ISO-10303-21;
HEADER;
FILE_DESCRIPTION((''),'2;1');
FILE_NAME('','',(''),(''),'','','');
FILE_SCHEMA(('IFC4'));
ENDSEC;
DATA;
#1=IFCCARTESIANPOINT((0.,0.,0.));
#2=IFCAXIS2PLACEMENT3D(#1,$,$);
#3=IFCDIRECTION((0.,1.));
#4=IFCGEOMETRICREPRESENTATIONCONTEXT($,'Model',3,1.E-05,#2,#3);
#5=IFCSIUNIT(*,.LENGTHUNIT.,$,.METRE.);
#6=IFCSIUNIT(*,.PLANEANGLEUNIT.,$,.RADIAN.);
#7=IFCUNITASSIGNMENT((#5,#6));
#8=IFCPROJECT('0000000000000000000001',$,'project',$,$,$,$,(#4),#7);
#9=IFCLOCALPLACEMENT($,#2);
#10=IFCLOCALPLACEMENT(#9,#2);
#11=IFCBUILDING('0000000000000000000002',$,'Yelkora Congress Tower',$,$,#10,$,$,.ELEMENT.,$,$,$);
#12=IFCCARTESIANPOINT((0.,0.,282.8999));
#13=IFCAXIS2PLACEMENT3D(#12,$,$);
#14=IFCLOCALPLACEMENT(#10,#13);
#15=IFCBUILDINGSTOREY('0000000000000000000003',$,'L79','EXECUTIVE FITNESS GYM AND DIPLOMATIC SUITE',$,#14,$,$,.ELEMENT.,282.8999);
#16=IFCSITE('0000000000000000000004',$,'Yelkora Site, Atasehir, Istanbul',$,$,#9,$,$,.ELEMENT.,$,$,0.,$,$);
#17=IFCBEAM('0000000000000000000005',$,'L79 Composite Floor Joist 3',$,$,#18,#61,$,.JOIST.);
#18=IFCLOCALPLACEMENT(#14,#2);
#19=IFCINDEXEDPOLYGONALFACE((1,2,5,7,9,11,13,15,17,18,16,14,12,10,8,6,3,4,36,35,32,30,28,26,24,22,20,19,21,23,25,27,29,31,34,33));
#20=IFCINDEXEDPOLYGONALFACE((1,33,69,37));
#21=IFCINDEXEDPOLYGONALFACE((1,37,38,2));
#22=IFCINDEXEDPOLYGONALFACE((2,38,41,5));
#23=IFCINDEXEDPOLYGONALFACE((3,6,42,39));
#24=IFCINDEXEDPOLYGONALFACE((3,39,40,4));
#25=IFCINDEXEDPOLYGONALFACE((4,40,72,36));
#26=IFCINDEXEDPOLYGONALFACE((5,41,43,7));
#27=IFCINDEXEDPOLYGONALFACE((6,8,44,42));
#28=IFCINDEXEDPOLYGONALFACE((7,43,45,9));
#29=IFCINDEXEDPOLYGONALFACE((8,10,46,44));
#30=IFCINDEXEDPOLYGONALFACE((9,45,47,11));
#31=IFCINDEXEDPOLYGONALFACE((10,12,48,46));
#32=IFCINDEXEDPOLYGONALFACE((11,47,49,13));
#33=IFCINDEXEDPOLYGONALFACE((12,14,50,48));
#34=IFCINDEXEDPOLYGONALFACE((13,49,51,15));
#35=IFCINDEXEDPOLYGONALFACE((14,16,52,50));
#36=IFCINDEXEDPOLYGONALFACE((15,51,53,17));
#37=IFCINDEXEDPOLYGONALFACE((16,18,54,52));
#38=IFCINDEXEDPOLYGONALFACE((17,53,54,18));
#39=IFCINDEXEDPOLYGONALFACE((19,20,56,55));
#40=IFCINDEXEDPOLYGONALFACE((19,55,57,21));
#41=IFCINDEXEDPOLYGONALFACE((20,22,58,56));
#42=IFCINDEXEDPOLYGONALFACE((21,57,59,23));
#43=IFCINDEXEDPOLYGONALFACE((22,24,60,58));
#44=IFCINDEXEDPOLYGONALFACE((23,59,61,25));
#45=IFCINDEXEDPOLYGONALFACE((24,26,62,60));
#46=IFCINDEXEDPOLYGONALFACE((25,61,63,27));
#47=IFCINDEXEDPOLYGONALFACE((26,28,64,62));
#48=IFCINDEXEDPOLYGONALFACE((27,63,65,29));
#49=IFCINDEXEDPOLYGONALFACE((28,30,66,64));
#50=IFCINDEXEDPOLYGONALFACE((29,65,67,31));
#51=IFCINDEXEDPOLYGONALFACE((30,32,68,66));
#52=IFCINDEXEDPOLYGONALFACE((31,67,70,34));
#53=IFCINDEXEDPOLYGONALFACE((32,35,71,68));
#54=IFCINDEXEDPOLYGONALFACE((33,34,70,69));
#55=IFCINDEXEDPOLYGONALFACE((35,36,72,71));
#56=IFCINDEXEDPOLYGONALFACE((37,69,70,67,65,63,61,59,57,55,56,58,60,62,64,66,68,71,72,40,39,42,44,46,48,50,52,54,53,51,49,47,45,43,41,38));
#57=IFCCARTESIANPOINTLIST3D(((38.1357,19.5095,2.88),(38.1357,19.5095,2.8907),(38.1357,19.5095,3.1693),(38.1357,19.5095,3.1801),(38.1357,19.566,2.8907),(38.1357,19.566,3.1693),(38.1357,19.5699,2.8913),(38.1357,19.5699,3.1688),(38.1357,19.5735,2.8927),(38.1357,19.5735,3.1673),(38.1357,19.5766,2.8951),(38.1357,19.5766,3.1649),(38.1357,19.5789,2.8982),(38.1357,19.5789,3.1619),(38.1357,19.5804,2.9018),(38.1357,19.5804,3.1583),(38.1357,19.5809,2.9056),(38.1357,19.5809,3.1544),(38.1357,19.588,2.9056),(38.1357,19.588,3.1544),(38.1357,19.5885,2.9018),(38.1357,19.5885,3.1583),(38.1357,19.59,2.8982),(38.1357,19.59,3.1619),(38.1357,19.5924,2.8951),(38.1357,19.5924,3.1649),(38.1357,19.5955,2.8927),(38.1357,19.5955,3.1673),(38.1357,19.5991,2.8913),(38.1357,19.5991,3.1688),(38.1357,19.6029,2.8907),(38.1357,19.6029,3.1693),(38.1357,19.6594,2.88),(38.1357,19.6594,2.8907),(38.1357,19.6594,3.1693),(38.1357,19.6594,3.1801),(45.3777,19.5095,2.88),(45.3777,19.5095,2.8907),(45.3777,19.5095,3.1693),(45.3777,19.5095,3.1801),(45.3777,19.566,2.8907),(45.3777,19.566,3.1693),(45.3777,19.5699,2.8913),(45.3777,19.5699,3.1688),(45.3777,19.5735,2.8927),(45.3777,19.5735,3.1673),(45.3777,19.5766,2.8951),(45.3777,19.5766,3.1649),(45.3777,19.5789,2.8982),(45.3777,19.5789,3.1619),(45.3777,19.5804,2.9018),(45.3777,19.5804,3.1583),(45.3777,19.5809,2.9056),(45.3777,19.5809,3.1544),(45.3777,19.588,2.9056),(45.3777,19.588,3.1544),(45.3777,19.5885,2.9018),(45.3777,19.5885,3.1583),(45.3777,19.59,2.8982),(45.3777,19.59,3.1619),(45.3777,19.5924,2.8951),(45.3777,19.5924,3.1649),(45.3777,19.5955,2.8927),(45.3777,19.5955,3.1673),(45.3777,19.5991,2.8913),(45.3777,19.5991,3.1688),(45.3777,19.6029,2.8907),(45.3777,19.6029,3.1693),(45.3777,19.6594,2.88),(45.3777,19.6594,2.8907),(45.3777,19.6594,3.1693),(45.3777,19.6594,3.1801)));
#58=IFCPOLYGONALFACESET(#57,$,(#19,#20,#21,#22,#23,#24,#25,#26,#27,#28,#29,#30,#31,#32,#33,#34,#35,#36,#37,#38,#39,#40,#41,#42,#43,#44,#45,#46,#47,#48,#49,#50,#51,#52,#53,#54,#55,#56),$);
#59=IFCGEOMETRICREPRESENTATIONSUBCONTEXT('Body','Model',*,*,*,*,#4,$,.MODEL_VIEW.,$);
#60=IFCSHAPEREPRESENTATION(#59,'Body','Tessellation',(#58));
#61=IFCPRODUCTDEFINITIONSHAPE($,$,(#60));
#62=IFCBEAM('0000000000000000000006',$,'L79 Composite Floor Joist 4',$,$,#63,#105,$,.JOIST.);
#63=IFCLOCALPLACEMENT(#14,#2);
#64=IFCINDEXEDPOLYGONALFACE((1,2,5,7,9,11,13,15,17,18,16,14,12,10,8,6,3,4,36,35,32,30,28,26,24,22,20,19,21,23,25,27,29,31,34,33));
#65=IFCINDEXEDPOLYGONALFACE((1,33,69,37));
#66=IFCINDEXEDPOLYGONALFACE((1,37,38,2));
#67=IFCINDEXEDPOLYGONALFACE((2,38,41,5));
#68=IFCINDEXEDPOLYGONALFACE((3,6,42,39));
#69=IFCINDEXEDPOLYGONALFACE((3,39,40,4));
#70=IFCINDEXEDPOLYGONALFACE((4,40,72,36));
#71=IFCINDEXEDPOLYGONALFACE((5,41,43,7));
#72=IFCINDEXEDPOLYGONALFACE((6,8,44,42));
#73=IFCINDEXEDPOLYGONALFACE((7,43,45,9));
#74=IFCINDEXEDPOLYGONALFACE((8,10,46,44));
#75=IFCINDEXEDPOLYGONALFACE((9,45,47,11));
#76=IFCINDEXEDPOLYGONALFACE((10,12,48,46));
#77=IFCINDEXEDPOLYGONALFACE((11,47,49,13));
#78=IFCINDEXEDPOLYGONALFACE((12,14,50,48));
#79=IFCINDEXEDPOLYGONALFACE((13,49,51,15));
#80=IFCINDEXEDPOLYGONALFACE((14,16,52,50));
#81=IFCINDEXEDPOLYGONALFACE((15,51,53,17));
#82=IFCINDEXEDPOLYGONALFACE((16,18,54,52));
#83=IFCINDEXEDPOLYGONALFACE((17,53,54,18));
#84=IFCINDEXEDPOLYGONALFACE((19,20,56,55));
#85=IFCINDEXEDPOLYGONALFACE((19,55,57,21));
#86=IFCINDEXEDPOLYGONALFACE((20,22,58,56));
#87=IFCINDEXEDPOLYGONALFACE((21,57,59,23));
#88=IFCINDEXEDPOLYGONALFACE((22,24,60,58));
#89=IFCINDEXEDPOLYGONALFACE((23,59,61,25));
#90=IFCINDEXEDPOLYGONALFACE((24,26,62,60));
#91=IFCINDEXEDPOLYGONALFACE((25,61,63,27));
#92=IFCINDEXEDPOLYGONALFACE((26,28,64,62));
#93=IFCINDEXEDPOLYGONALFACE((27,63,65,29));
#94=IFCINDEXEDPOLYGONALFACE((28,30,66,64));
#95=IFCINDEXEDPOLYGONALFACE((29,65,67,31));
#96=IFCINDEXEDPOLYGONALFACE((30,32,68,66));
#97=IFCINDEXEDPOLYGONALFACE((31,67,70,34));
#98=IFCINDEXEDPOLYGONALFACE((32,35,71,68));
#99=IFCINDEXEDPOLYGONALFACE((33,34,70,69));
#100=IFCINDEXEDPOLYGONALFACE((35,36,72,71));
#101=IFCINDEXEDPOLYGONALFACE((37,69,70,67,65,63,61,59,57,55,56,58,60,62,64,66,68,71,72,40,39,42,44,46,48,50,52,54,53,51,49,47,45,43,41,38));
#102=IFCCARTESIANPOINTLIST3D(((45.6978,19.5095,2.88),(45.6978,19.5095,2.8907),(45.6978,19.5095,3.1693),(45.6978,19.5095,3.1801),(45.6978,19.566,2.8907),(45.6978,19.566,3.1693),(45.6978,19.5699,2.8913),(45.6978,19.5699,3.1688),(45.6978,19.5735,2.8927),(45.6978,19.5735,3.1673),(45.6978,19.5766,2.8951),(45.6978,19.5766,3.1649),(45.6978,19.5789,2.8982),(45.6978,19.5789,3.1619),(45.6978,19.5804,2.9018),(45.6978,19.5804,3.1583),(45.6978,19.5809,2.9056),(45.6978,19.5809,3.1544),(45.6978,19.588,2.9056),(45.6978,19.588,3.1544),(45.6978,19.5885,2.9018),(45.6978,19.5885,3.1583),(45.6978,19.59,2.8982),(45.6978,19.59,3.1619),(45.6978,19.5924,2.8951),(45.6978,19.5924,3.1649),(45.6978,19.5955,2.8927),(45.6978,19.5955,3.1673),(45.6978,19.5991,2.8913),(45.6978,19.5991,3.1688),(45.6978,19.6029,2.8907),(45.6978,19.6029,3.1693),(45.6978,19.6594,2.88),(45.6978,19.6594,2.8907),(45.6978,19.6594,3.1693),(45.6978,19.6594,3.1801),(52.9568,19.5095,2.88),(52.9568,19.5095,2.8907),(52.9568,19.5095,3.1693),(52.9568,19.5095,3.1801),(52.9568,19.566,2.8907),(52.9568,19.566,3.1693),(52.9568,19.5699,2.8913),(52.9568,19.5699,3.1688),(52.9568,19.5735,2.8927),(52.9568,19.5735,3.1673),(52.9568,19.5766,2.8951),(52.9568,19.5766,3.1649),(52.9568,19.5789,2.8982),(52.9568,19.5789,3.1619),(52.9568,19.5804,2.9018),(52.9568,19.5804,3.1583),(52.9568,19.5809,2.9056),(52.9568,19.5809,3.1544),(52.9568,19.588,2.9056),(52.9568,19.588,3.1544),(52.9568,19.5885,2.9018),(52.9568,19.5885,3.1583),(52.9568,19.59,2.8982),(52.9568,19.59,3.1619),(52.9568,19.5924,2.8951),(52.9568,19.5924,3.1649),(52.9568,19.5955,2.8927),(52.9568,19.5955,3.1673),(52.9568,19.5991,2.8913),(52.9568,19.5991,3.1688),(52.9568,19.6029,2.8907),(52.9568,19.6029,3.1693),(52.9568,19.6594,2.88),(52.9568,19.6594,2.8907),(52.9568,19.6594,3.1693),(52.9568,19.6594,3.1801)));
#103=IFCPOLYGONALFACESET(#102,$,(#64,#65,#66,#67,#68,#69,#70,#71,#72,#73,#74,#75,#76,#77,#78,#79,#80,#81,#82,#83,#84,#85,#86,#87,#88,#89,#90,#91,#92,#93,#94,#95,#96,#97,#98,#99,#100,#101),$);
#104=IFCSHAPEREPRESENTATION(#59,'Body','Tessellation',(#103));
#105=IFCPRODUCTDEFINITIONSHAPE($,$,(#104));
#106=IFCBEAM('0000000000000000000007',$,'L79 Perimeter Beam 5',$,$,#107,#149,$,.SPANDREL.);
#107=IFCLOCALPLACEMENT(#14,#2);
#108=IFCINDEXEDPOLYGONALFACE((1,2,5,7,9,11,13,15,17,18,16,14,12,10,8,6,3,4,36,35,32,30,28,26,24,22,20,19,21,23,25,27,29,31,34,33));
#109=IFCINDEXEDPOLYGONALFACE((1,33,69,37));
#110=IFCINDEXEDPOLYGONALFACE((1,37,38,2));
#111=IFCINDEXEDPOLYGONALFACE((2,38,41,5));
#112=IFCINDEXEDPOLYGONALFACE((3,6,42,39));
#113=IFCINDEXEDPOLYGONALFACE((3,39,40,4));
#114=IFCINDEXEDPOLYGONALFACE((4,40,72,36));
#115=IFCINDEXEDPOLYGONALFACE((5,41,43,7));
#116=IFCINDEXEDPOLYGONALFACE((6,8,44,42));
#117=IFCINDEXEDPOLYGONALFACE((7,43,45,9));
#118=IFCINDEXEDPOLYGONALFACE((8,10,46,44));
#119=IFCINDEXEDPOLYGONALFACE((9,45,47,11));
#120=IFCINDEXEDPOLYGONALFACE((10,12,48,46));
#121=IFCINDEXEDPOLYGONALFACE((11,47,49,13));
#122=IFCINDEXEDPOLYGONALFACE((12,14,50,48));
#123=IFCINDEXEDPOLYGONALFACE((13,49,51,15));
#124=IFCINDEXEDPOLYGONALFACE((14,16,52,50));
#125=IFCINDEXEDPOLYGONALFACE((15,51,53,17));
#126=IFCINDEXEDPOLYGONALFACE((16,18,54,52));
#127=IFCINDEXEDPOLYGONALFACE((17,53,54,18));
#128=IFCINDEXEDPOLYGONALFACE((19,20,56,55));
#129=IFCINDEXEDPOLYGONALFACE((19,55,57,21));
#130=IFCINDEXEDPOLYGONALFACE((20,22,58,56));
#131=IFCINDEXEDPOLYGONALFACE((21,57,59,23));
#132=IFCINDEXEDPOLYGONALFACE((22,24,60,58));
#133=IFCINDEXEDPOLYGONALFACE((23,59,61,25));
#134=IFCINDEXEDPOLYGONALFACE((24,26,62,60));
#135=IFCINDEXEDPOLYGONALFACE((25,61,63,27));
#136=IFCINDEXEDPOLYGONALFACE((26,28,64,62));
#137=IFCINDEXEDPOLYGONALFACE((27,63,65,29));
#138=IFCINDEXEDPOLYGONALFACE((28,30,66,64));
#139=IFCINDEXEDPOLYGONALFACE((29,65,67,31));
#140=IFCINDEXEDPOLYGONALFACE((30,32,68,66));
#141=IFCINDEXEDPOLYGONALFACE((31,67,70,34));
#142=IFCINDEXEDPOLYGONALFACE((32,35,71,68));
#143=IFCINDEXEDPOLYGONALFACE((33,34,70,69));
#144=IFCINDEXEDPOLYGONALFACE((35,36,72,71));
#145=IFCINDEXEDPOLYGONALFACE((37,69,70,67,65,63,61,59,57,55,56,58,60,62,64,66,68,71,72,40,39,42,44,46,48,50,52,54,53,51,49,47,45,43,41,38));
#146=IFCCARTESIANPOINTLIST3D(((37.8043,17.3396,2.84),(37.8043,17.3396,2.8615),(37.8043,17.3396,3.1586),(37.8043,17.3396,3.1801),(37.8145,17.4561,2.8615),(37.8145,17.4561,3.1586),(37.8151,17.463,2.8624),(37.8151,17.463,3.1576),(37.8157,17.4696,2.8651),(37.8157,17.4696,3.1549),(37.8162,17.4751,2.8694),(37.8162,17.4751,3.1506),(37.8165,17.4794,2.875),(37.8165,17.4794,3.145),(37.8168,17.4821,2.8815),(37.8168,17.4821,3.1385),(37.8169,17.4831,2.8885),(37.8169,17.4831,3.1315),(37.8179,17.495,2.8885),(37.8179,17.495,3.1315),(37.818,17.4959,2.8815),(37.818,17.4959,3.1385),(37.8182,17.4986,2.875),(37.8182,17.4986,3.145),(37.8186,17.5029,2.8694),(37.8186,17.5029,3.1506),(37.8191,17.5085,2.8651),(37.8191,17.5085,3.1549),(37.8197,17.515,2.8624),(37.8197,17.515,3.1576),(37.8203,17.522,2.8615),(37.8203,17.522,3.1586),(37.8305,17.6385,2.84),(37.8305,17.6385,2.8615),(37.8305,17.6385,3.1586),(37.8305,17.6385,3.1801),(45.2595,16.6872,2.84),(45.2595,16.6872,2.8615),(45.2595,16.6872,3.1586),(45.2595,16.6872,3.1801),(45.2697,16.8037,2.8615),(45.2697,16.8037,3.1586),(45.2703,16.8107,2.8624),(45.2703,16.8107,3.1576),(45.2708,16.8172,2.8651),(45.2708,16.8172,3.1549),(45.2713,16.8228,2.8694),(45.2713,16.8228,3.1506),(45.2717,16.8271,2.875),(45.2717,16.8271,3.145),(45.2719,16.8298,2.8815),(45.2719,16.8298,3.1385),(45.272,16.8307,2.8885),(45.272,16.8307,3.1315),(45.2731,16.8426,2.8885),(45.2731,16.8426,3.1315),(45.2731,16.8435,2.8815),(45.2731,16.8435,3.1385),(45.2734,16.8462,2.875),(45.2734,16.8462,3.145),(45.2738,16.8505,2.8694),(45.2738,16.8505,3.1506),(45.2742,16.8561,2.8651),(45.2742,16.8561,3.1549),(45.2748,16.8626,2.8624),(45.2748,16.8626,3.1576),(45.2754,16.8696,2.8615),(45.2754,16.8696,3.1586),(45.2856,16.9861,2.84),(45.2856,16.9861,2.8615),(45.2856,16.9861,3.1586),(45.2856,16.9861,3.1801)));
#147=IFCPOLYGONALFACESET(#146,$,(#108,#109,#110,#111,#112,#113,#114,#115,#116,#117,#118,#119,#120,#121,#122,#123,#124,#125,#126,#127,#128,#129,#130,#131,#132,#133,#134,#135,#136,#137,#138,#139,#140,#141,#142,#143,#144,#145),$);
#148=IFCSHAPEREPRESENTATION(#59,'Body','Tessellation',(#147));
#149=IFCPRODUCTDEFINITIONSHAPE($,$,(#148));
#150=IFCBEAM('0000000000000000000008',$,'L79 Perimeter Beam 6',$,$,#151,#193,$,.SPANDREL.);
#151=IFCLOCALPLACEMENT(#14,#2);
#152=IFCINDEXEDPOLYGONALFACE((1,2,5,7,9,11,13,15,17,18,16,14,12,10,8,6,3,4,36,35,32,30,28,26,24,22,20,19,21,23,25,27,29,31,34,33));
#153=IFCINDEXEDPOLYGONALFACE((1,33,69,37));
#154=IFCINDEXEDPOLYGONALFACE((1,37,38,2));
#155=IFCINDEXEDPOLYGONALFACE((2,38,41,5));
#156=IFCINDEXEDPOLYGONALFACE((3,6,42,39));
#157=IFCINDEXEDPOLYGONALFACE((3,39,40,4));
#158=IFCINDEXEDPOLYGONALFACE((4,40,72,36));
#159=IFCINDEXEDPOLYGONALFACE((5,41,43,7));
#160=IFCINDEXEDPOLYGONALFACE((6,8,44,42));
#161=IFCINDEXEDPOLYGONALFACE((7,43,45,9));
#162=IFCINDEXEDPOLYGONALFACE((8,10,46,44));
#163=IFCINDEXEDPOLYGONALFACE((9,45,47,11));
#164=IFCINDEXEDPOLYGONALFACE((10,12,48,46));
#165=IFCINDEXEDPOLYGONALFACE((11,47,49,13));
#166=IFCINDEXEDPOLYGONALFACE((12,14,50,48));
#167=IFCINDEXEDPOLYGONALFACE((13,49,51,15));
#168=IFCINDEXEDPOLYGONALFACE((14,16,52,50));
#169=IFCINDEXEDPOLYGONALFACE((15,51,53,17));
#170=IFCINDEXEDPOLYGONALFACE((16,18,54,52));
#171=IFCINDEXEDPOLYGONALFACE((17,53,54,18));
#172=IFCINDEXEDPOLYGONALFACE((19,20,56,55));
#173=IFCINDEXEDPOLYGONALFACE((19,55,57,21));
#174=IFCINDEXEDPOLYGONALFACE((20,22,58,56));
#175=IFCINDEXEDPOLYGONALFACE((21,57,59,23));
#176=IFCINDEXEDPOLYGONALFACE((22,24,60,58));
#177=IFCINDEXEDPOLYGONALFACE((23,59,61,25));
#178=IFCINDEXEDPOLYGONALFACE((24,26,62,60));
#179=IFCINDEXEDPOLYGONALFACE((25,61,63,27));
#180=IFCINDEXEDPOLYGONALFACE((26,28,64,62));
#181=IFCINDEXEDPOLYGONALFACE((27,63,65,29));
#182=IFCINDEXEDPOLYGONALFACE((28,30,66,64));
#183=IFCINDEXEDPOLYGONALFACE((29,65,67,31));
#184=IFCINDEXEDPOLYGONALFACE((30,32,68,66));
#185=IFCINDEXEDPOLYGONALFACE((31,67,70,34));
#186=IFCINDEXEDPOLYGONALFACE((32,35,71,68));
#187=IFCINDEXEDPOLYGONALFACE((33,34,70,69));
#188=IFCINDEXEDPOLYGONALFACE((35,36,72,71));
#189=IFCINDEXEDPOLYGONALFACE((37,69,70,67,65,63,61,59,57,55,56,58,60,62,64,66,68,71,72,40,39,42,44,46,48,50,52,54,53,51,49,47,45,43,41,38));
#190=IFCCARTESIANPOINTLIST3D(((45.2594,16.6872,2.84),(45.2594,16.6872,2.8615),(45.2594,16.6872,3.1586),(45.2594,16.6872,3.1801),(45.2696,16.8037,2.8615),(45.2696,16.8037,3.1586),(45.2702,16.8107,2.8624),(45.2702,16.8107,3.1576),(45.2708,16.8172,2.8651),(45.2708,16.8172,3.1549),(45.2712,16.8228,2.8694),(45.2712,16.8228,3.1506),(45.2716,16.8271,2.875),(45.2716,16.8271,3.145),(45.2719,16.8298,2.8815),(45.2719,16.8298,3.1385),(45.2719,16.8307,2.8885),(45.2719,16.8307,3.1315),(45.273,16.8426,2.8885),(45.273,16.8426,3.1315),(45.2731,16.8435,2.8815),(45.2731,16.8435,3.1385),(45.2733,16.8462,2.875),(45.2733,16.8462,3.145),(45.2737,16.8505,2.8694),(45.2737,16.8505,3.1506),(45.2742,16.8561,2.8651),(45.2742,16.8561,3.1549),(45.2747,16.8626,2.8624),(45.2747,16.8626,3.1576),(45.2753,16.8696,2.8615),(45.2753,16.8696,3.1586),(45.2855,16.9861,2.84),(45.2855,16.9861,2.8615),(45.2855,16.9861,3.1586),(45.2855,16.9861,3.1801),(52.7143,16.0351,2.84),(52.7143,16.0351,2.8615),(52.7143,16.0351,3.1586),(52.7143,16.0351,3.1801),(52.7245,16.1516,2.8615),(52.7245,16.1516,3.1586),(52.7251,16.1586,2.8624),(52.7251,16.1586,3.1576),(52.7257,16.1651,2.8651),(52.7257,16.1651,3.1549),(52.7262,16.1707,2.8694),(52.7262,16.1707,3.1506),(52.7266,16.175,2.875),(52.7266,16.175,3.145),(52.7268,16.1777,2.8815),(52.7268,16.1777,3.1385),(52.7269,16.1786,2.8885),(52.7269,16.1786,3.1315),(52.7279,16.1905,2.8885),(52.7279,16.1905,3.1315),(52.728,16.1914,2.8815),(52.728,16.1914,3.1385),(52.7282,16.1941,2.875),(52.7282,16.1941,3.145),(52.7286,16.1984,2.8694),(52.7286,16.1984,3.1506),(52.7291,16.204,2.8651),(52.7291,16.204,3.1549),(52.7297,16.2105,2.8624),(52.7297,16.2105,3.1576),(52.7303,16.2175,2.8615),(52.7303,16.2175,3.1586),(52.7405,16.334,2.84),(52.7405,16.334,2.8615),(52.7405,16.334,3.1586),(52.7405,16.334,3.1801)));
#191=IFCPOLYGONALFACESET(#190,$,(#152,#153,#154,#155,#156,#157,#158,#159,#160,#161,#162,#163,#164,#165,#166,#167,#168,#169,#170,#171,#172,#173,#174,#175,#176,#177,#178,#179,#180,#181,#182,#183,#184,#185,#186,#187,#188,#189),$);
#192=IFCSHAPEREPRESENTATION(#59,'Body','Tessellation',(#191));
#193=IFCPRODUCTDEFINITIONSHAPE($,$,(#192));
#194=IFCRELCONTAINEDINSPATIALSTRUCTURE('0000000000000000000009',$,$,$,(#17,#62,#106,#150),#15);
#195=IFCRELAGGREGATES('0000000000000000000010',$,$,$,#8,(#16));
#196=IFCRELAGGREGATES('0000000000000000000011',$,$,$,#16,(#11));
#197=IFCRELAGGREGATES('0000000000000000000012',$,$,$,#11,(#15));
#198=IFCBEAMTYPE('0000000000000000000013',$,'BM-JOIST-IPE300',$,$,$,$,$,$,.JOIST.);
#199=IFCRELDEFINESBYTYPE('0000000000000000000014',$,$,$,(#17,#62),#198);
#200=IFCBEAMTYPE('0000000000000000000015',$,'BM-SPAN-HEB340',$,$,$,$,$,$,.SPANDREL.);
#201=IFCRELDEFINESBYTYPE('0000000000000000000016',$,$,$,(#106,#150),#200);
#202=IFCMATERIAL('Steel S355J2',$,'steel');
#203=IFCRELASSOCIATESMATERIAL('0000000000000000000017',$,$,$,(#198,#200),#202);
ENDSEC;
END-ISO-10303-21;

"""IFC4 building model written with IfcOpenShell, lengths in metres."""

from ifc_helpers import new_model, si_unit, direction, frame, origin, origin_2d, place, context, subcontext, project, spatial, i_section, extrude, material, material_profile, profile_set, type_object, element, save


model = new_model("IFC4")

# Units and contexts
model_context = context("Model", 3, precision=1e-05, world=origin(), true_north=direction((0.0, 1.0)))
body_context = subcontext(model_context, "Body", "Model", "MODEL_VIEW")
ifc_project = project(units=[si_unit("LENGTHUNIT", "METRE"), si_unit("PLANEANGLEUNIT", "RADIAN")], contexts=[model_context])

# Site, building, storey
site_placement = place(None, origin())
site = spatial("IfcSite", under=ifc_project, at=site_placement, Name="Yelkora Site, Atasehir, Istanbul", CompositionType="ELEMENT", RefElevation=0.0)
building_placement = place(site_placement, origin())
building = spatial("IfcBuilding", under=site, at=building_placement, Name="Yelkora Congress Tower", CompositionType="ELEMENT")
storey_placement = place(building_placement, frame((0.0, 0.0, 282.8999)))
storey = spatial("IfcBuildingStorey", under=building, at=storey_placement, Name="L79", Description="EXECUTIVE FITNESS GYM AND DIPLOMATIC SUITE", CompositionType="ELEMENT", Elevation=282.8999)

# Shared definitions
ifc_material_1 = material(Name="Steel S355J2", Category="steel")

# Beams
ifc_material_profile_1 = material_profile(ifc_material_1, i_section(OverallWidth=0.1499, OverallDepth=0.3, WebThickness=0.0071, FlangeThickness=0.0107, FilletRadius=0.0149, at=origin_2d()), Name="IPE 300")
ifc_profile_set_1 = profile_set([ifc_material_profile_1], Name="Steel S355J2")
beam_type_1 = type_object("IfcBeamType", Name="BM-JOIST-IPE300", PredefinedType="JOIST", material=ifc_profile_set_1)
beam_1_placement = place(storey_placement, frame((38.1357, 19.5845, 3.03), z_axis=(1.0, 0.0, 0.0), x_axis=(0.0, 1.0, 0.0)))
element("IfcBeam", 1, at=beam_1_placement, inside=storey, type_object=beam_type_1, Name="L79 Composite Floor Joist 3", PredefinedType="JOIST", context=body_context, shape_type="SweptSolid", body=[
    extrude(i_section(OverallWidth=0.1499, OverallDepth=0.3, WebThickness=0.0071, FlangeThickness=0.0107, FilletRadius=0.0149, at=origin_2d()), origin(), (0.0, 0.0, 1.0), 7.2419),
])
beam_2_placement = place(storey_placement, frame((45.6978, 19.5845, 3.03), z_axis=(1.0, 0.0, 0.0), x_axis=(0.0, 1.0, 0.0)))
element("IfcBeam", 2, at=beam_2_placement, inside=storey, type_object=beam_type_1, Name="L79 Composite Floor Joist 4", PredefinedType="JOIST", context=body_context, shape_type="SweptSolid", body=[
    extrude(i_section(OverallWidth=0.1499, OverallDepth=0.3, WebThickness=0.0071, FlangeThickness=0.0107, FilletRadius=0.0149, at=origin_2d()), origin(), (0.0, 0.0, 1.0), 7.259),
])
ifc_material_profile_2 = material_profile(ifc_material_1, i_section(OverallWidth=0.3, OverallDepth=0.3401, WebThickness=0.012, FlangeThickness=0.0215, FilletRadius=0.0271, at=origin_2d()), Name="HEB 340")
ifc_profile_set_2 = profile_set([ifc_material_profile_2], Name="Steel S355J2")
beam_type_2 = type_object("IfcBeamType", Name="BM-SPAN-HEB340", PredefinedType="SPANDREL", material=ifc_profile_set_2)
beam_3_placement = place(storey_placement, frame((37.8174, 17.489, 3.01), z_axis=(0.996193, -0.08717, 0.0), x_axis=(0.08717, 0.996193, 0.0)))
element("IfcBeam", 3, at=beam_3_placement, inside=storey, type_object=beam_type_2, Name="L79 Perimeter Beam 5", PredefinedType="SPANDREL", context=body_context, shape_type="SweptSolid", body=[
    extrude(i_section(OverallWidth=0.3, OverallDepth=0.3401, WebThickness=0.012, FlangeThickness=0.0215, FilletRadius=0.0271, at=origin_2d()), origin(), (0.0, 0.0, 1.0), 7.4836),
])
beam_4_placement = place(storey_placement, frame((45.2725, 16.8367, 3.01), z_axis=(0.996196, -0.087141, 0.0), x_axis=(0.087141, 0.996196, 0.0)))
element("IfcBeam", 4, at=beam_4_placement, inside=storey, type_object=beam_type_2, Name="L79 Perimeter Beam 6", PredefinedType="SPANDREL", context=body_context, shape_type="SweptSolid", body=[
    extrude(i_section(OverallWidth=0.3, OverallDepth=0.3401, WebThickness=0.012, FlangeThickness=0.0215, FilletRadius=0.0271, at=origin_2d()), origin(), (0.0, 0.0, 1.0), 7.4834),
])

save(model, "model.ifc")
